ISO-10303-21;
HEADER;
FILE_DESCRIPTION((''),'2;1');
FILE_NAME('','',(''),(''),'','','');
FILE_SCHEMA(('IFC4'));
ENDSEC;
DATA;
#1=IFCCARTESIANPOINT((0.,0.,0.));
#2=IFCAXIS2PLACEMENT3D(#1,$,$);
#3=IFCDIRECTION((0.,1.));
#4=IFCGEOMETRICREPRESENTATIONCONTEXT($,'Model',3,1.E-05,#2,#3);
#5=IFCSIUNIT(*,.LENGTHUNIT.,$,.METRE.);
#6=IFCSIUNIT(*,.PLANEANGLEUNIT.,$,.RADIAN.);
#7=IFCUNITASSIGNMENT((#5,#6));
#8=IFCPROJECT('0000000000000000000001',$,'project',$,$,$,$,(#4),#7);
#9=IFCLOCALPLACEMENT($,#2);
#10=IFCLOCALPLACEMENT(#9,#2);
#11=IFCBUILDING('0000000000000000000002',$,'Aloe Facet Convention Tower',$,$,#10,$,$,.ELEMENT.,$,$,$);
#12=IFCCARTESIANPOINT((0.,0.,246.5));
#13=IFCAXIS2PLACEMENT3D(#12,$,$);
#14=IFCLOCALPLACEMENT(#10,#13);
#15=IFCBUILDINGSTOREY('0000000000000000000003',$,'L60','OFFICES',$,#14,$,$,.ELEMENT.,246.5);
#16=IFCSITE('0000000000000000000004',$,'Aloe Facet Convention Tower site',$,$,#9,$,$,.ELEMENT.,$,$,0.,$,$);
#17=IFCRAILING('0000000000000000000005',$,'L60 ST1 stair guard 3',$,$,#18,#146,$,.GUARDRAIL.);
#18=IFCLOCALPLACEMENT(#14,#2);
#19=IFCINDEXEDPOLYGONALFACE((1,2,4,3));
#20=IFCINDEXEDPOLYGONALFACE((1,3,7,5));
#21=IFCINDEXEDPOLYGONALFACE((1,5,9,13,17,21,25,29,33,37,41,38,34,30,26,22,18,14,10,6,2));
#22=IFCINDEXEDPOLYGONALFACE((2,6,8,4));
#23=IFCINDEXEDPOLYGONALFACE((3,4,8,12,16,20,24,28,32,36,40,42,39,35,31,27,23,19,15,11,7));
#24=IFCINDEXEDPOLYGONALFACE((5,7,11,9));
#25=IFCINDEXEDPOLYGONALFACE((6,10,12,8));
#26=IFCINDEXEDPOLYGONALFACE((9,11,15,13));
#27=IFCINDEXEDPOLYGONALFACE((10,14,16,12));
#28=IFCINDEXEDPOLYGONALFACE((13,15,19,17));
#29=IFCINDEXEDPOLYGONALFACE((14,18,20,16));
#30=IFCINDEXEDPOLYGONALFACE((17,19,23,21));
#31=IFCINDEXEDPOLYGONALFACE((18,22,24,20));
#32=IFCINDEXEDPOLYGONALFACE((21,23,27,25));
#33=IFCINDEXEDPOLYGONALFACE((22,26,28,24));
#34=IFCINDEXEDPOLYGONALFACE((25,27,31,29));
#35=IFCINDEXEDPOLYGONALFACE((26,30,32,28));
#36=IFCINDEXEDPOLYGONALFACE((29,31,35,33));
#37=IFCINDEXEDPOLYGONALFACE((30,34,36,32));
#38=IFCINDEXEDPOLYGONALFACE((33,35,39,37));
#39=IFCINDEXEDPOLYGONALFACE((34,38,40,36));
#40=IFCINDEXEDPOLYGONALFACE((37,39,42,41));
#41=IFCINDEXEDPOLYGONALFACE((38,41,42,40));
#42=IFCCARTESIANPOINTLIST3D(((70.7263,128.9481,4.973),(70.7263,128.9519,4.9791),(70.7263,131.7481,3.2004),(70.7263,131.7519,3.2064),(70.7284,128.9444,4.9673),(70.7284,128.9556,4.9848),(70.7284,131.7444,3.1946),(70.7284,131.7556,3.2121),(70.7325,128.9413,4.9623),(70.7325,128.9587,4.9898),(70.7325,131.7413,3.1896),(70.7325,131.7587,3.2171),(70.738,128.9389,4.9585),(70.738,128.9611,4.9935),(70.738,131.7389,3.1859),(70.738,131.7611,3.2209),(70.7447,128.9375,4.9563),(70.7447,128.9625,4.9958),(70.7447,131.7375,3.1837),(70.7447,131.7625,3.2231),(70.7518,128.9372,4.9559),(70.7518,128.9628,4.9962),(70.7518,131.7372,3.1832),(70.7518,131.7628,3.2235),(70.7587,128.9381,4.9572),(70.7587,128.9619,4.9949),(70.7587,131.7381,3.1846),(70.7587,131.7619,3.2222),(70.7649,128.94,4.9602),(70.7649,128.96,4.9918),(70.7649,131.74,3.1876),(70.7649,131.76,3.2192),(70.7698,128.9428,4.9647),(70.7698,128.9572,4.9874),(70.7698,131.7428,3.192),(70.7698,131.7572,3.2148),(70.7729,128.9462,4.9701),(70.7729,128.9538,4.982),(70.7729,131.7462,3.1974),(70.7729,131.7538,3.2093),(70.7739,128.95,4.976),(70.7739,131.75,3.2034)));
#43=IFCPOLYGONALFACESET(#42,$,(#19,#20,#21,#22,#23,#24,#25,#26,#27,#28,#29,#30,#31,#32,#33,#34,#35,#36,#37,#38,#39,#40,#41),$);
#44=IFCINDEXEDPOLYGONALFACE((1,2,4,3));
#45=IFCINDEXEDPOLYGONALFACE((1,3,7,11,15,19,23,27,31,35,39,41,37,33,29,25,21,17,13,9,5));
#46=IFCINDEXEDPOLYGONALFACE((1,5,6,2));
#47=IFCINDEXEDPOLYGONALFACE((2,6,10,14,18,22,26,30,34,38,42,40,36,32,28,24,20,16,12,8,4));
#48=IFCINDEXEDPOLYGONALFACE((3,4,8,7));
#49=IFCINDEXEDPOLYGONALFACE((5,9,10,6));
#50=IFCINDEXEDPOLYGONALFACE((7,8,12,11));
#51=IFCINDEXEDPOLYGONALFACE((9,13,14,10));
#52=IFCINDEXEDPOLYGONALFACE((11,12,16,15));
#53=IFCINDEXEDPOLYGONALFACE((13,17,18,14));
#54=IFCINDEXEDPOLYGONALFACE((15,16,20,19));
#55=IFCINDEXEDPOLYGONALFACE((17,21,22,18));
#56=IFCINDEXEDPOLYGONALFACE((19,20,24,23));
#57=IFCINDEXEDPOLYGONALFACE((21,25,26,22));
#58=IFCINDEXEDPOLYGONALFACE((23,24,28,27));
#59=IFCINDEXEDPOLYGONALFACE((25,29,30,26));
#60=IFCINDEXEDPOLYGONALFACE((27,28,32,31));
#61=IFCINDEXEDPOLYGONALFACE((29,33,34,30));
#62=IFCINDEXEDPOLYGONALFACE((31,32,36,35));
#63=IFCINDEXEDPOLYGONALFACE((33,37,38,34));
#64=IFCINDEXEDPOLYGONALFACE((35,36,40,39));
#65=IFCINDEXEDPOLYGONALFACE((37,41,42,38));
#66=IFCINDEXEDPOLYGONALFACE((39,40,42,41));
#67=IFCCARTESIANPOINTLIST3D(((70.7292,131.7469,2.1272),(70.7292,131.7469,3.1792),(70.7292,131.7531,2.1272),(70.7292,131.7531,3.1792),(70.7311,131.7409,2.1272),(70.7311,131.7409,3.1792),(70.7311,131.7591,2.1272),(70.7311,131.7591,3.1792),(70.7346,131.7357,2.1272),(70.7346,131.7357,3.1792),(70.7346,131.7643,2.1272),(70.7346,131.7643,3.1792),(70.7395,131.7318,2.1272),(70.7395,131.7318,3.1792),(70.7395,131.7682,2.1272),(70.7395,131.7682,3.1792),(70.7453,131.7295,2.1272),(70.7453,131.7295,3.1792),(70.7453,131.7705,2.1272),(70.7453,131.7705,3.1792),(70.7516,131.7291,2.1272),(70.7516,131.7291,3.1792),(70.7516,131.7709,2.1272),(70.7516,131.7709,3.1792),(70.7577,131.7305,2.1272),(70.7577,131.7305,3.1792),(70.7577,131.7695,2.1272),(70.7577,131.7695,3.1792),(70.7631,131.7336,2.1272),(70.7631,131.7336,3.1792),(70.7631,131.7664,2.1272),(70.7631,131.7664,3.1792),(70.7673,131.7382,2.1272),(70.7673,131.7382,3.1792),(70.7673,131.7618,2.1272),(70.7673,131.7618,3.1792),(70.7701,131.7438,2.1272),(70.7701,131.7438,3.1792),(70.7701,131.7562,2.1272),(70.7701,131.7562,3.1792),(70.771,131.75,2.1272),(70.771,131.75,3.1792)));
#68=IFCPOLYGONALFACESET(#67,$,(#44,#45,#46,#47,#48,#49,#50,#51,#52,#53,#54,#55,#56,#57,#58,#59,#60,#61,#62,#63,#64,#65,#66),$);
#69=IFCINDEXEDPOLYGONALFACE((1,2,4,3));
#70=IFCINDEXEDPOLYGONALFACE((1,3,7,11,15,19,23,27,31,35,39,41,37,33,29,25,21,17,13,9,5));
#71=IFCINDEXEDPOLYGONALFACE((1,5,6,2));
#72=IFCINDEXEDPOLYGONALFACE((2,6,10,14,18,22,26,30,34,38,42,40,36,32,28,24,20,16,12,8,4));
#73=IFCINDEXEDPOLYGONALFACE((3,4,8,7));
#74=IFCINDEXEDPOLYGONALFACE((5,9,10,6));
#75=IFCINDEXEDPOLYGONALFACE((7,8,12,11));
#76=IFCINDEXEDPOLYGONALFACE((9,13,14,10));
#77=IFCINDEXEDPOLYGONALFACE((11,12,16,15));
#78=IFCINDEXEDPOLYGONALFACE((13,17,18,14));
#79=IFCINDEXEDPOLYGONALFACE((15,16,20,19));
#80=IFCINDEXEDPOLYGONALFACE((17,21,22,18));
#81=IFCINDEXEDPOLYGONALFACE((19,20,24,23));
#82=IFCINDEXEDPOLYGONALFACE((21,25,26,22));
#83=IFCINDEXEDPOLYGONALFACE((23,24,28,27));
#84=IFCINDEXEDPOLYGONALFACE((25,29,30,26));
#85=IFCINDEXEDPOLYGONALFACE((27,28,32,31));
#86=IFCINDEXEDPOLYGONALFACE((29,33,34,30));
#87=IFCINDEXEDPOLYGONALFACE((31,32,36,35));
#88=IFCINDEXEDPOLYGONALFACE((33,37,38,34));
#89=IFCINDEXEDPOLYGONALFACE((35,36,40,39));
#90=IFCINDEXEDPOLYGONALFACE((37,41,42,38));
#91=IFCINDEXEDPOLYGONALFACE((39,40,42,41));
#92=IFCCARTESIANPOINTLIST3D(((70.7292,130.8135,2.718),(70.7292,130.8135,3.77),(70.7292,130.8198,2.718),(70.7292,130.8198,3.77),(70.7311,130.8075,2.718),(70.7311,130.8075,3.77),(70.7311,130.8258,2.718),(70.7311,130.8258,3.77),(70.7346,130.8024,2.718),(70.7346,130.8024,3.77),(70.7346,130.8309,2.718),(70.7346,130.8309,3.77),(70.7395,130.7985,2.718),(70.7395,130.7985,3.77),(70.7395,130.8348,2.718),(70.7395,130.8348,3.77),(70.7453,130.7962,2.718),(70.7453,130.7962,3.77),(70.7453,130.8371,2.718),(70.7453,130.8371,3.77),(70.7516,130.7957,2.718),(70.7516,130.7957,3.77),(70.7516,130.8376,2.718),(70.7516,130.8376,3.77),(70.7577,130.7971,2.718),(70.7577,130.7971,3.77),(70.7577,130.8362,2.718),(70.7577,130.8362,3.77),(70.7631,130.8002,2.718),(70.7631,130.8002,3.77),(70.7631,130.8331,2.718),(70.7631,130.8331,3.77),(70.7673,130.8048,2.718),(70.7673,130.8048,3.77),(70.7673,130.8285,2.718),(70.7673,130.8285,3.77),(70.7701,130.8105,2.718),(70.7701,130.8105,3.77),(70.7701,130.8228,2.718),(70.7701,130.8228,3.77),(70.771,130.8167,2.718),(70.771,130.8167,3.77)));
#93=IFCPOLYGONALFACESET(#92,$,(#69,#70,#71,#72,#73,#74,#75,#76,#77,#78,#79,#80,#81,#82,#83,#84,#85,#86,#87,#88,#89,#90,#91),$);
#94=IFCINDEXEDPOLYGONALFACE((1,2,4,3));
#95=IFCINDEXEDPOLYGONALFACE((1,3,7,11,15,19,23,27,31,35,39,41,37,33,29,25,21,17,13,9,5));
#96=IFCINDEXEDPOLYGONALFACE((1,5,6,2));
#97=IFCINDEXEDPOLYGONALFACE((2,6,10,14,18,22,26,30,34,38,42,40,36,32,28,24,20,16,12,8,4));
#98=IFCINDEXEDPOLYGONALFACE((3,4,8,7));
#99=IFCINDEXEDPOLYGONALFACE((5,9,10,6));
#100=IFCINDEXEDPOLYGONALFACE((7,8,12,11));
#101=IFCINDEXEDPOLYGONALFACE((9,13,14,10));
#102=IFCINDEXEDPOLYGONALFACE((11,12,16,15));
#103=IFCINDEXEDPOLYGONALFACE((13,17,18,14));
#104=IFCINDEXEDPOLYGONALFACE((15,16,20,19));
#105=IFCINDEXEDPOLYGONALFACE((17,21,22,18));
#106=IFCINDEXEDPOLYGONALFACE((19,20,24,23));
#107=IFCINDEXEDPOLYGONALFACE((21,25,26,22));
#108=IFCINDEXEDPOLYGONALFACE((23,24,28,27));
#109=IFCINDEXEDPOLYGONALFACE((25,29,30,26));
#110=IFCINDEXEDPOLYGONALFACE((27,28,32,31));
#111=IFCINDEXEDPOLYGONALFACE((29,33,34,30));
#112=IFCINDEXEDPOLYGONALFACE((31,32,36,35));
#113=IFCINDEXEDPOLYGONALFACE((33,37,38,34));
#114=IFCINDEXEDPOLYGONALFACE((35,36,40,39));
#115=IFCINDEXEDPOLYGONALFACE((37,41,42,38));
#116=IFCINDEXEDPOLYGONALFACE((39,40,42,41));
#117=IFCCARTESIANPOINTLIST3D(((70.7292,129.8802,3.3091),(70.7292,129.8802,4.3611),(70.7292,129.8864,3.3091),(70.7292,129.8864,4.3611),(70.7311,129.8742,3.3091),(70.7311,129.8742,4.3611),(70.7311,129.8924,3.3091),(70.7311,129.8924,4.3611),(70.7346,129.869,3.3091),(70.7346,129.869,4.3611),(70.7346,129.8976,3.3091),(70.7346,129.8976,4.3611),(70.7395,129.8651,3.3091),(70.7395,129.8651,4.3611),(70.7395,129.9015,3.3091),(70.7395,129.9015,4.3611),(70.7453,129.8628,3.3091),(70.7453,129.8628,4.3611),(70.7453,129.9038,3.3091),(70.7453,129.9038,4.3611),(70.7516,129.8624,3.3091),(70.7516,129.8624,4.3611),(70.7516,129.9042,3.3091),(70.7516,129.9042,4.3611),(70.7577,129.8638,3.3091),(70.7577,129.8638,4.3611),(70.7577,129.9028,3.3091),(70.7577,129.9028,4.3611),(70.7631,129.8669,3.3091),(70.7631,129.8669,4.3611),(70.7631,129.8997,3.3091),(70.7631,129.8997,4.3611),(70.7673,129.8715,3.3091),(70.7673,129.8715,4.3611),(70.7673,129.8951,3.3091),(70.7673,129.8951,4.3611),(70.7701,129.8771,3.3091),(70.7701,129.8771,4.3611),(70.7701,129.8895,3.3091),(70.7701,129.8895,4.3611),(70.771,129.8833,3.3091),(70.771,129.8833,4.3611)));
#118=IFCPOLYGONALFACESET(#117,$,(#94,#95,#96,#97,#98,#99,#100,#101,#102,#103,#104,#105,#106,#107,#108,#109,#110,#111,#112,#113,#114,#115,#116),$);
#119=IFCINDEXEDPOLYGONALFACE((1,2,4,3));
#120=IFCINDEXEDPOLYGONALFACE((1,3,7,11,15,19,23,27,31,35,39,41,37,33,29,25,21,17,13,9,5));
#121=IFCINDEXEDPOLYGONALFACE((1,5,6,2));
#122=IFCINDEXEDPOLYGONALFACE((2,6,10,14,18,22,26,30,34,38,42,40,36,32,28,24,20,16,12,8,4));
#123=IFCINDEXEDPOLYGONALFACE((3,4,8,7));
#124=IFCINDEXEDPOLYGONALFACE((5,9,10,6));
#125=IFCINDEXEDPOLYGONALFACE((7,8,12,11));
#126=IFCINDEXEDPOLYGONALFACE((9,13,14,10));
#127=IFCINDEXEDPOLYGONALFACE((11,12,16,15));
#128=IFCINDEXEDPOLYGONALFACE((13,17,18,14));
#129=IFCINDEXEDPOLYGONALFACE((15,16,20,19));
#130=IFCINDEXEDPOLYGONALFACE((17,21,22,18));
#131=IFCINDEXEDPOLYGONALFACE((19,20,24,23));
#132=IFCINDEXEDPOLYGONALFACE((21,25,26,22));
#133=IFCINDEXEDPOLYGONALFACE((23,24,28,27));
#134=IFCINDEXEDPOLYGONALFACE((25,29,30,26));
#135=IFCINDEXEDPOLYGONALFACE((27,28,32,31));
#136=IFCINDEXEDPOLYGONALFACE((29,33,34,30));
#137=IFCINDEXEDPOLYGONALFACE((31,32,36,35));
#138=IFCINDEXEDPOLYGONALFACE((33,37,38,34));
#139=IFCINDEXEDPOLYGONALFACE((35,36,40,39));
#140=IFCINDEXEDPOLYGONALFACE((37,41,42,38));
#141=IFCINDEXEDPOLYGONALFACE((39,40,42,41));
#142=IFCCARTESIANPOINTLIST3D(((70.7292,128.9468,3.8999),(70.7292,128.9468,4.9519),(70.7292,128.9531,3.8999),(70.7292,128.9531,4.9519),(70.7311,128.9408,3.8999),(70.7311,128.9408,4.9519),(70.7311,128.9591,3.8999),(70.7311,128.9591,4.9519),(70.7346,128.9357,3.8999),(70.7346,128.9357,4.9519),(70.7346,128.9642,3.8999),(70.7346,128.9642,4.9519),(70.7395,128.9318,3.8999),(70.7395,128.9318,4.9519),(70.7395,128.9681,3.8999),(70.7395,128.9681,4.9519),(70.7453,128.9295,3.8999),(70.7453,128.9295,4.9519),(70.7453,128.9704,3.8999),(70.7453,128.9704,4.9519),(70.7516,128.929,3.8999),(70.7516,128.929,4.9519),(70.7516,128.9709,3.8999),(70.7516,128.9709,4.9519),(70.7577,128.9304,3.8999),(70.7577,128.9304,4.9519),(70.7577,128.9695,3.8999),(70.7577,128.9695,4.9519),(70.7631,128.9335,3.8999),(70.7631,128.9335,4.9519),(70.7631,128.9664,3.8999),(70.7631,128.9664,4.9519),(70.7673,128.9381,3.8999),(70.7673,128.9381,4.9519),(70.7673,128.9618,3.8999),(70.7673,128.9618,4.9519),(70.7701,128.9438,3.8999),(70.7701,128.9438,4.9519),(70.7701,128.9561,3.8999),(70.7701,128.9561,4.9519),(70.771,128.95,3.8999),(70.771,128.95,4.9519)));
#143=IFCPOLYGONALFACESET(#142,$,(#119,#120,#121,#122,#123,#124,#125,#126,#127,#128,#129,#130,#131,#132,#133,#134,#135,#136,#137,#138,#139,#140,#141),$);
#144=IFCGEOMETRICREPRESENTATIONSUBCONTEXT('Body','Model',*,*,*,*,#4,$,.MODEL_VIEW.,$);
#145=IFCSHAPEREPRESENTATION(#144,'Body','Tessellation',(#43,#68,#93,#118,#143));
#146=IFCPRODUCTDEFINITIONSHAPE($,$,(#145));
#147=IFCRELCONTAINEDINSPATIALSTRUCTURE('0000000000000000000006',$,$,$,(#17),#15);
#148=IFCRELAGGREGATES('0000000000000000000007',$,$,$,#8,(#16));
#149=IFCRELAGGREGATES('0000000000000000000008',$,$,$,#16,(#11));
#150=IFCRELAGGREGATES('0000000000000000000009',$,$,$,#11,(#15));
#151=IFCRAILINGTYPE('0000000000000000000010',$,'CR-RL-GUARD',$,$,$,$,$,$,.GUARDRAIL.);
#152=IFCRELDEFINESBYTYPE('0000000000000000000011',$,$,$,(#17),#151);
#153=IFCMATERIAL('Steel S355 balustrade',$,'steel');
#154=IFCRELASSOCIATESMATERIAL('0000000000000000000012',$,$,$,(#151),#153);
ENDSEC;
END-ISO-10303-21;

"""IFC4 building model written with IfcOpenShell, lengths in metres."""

from ifc_helpers import new_model, si_unit, direction, frame, origin, origin_2d, place, context, subcontext, project, spatial, circle, extrude, material, type_object, element, save


model = new_model("IFC4")

# Units and contexts
model_context = context("Model", 3, precision=1e-05, world=origin(), true_north=direction((0.0, 1.0)))
body_context = subcontext(model_context, "Body", "Model", "MODEL_VIEW")
ifc_project = project(units=[si_unit("LENGTHUNIT", "METRE"), si_unit("PLANEANGLEUNIT", "RADIAN")], contexts=[model_context])

# Site, building, storey
site_placement = place(None, origin())
site = spatial("IfcSite", under=ifc_project, at=site_placement, Name="Aloe Facet Convention Tower site", CompositionType="ELEMENT", RefElevation=0.0)
building_placement = place(site_placement, origin())
building = spatial("IfcBuilding", under=site, at=building_placement, Name="Aloe Facet Convention Tower", CompositionType="ELEMENT")
storey_placement = place(building_placement, frame((0.0, 0.0, 246.5)))
storey = spatial("IfcBuildingStorey", under=building, at=storey_placement, Name="L60", Description="OFFICES", CompositionType="ELEMENT", Elevation=246.5)

# Railing
ifc_material_1 = material(Name="Steel S355 balustrade", Category="steel")
railing_type_1 = type_object("IfcRailingType", Name="CR-RL-GUARD", PredefinedType="GUARDRAIL", material=ifc_material_1)
railing_1_placement = place(storey_placement, frame((70.75, 131.75, 2.1272)))
element("IfcRailing", 1, at=railing_1_placement, inside=storey, type_object=railing_type_1, Name="L60 ST1 stair guard 3", PredefinedType="GUARDRAIL", context=body_context, shape_type="SweptSolid", body=[
    extrude(circle(Radius=0.0239, at=origin_2d()), frame((0.0, 0.0, 1.0762), z_axis=(0.0, -0.844909, 0.53491), x_axis=(1.0, 0.0, 0.0)), (0.0, 0.0, 1.0), 3.314),
    extrude(circle(Radius=0.021, at=origin_2d()), origin(), (0.0, 0.0, 1.0), 1.052),
    extrude(circle(Radius=0.021, at=origin_2d()), frame((0.0, -0.9333, 0.5908)), (0.0, 0.0, 1.0), 1.052),
    extrude(circle(Radius=0.021, at=origin_2d()), frame((0.0, -1.8667, 1.1819)), (0.0, 0.0, 1.0), 1.052),
    extrude(circle(Radius=0.021, at=origin_2d()), frame((0.0, -2.8, 1.7727)), (0.0, 0.0, 1.0), 1.052),
])

save(model, "model.ifc")
